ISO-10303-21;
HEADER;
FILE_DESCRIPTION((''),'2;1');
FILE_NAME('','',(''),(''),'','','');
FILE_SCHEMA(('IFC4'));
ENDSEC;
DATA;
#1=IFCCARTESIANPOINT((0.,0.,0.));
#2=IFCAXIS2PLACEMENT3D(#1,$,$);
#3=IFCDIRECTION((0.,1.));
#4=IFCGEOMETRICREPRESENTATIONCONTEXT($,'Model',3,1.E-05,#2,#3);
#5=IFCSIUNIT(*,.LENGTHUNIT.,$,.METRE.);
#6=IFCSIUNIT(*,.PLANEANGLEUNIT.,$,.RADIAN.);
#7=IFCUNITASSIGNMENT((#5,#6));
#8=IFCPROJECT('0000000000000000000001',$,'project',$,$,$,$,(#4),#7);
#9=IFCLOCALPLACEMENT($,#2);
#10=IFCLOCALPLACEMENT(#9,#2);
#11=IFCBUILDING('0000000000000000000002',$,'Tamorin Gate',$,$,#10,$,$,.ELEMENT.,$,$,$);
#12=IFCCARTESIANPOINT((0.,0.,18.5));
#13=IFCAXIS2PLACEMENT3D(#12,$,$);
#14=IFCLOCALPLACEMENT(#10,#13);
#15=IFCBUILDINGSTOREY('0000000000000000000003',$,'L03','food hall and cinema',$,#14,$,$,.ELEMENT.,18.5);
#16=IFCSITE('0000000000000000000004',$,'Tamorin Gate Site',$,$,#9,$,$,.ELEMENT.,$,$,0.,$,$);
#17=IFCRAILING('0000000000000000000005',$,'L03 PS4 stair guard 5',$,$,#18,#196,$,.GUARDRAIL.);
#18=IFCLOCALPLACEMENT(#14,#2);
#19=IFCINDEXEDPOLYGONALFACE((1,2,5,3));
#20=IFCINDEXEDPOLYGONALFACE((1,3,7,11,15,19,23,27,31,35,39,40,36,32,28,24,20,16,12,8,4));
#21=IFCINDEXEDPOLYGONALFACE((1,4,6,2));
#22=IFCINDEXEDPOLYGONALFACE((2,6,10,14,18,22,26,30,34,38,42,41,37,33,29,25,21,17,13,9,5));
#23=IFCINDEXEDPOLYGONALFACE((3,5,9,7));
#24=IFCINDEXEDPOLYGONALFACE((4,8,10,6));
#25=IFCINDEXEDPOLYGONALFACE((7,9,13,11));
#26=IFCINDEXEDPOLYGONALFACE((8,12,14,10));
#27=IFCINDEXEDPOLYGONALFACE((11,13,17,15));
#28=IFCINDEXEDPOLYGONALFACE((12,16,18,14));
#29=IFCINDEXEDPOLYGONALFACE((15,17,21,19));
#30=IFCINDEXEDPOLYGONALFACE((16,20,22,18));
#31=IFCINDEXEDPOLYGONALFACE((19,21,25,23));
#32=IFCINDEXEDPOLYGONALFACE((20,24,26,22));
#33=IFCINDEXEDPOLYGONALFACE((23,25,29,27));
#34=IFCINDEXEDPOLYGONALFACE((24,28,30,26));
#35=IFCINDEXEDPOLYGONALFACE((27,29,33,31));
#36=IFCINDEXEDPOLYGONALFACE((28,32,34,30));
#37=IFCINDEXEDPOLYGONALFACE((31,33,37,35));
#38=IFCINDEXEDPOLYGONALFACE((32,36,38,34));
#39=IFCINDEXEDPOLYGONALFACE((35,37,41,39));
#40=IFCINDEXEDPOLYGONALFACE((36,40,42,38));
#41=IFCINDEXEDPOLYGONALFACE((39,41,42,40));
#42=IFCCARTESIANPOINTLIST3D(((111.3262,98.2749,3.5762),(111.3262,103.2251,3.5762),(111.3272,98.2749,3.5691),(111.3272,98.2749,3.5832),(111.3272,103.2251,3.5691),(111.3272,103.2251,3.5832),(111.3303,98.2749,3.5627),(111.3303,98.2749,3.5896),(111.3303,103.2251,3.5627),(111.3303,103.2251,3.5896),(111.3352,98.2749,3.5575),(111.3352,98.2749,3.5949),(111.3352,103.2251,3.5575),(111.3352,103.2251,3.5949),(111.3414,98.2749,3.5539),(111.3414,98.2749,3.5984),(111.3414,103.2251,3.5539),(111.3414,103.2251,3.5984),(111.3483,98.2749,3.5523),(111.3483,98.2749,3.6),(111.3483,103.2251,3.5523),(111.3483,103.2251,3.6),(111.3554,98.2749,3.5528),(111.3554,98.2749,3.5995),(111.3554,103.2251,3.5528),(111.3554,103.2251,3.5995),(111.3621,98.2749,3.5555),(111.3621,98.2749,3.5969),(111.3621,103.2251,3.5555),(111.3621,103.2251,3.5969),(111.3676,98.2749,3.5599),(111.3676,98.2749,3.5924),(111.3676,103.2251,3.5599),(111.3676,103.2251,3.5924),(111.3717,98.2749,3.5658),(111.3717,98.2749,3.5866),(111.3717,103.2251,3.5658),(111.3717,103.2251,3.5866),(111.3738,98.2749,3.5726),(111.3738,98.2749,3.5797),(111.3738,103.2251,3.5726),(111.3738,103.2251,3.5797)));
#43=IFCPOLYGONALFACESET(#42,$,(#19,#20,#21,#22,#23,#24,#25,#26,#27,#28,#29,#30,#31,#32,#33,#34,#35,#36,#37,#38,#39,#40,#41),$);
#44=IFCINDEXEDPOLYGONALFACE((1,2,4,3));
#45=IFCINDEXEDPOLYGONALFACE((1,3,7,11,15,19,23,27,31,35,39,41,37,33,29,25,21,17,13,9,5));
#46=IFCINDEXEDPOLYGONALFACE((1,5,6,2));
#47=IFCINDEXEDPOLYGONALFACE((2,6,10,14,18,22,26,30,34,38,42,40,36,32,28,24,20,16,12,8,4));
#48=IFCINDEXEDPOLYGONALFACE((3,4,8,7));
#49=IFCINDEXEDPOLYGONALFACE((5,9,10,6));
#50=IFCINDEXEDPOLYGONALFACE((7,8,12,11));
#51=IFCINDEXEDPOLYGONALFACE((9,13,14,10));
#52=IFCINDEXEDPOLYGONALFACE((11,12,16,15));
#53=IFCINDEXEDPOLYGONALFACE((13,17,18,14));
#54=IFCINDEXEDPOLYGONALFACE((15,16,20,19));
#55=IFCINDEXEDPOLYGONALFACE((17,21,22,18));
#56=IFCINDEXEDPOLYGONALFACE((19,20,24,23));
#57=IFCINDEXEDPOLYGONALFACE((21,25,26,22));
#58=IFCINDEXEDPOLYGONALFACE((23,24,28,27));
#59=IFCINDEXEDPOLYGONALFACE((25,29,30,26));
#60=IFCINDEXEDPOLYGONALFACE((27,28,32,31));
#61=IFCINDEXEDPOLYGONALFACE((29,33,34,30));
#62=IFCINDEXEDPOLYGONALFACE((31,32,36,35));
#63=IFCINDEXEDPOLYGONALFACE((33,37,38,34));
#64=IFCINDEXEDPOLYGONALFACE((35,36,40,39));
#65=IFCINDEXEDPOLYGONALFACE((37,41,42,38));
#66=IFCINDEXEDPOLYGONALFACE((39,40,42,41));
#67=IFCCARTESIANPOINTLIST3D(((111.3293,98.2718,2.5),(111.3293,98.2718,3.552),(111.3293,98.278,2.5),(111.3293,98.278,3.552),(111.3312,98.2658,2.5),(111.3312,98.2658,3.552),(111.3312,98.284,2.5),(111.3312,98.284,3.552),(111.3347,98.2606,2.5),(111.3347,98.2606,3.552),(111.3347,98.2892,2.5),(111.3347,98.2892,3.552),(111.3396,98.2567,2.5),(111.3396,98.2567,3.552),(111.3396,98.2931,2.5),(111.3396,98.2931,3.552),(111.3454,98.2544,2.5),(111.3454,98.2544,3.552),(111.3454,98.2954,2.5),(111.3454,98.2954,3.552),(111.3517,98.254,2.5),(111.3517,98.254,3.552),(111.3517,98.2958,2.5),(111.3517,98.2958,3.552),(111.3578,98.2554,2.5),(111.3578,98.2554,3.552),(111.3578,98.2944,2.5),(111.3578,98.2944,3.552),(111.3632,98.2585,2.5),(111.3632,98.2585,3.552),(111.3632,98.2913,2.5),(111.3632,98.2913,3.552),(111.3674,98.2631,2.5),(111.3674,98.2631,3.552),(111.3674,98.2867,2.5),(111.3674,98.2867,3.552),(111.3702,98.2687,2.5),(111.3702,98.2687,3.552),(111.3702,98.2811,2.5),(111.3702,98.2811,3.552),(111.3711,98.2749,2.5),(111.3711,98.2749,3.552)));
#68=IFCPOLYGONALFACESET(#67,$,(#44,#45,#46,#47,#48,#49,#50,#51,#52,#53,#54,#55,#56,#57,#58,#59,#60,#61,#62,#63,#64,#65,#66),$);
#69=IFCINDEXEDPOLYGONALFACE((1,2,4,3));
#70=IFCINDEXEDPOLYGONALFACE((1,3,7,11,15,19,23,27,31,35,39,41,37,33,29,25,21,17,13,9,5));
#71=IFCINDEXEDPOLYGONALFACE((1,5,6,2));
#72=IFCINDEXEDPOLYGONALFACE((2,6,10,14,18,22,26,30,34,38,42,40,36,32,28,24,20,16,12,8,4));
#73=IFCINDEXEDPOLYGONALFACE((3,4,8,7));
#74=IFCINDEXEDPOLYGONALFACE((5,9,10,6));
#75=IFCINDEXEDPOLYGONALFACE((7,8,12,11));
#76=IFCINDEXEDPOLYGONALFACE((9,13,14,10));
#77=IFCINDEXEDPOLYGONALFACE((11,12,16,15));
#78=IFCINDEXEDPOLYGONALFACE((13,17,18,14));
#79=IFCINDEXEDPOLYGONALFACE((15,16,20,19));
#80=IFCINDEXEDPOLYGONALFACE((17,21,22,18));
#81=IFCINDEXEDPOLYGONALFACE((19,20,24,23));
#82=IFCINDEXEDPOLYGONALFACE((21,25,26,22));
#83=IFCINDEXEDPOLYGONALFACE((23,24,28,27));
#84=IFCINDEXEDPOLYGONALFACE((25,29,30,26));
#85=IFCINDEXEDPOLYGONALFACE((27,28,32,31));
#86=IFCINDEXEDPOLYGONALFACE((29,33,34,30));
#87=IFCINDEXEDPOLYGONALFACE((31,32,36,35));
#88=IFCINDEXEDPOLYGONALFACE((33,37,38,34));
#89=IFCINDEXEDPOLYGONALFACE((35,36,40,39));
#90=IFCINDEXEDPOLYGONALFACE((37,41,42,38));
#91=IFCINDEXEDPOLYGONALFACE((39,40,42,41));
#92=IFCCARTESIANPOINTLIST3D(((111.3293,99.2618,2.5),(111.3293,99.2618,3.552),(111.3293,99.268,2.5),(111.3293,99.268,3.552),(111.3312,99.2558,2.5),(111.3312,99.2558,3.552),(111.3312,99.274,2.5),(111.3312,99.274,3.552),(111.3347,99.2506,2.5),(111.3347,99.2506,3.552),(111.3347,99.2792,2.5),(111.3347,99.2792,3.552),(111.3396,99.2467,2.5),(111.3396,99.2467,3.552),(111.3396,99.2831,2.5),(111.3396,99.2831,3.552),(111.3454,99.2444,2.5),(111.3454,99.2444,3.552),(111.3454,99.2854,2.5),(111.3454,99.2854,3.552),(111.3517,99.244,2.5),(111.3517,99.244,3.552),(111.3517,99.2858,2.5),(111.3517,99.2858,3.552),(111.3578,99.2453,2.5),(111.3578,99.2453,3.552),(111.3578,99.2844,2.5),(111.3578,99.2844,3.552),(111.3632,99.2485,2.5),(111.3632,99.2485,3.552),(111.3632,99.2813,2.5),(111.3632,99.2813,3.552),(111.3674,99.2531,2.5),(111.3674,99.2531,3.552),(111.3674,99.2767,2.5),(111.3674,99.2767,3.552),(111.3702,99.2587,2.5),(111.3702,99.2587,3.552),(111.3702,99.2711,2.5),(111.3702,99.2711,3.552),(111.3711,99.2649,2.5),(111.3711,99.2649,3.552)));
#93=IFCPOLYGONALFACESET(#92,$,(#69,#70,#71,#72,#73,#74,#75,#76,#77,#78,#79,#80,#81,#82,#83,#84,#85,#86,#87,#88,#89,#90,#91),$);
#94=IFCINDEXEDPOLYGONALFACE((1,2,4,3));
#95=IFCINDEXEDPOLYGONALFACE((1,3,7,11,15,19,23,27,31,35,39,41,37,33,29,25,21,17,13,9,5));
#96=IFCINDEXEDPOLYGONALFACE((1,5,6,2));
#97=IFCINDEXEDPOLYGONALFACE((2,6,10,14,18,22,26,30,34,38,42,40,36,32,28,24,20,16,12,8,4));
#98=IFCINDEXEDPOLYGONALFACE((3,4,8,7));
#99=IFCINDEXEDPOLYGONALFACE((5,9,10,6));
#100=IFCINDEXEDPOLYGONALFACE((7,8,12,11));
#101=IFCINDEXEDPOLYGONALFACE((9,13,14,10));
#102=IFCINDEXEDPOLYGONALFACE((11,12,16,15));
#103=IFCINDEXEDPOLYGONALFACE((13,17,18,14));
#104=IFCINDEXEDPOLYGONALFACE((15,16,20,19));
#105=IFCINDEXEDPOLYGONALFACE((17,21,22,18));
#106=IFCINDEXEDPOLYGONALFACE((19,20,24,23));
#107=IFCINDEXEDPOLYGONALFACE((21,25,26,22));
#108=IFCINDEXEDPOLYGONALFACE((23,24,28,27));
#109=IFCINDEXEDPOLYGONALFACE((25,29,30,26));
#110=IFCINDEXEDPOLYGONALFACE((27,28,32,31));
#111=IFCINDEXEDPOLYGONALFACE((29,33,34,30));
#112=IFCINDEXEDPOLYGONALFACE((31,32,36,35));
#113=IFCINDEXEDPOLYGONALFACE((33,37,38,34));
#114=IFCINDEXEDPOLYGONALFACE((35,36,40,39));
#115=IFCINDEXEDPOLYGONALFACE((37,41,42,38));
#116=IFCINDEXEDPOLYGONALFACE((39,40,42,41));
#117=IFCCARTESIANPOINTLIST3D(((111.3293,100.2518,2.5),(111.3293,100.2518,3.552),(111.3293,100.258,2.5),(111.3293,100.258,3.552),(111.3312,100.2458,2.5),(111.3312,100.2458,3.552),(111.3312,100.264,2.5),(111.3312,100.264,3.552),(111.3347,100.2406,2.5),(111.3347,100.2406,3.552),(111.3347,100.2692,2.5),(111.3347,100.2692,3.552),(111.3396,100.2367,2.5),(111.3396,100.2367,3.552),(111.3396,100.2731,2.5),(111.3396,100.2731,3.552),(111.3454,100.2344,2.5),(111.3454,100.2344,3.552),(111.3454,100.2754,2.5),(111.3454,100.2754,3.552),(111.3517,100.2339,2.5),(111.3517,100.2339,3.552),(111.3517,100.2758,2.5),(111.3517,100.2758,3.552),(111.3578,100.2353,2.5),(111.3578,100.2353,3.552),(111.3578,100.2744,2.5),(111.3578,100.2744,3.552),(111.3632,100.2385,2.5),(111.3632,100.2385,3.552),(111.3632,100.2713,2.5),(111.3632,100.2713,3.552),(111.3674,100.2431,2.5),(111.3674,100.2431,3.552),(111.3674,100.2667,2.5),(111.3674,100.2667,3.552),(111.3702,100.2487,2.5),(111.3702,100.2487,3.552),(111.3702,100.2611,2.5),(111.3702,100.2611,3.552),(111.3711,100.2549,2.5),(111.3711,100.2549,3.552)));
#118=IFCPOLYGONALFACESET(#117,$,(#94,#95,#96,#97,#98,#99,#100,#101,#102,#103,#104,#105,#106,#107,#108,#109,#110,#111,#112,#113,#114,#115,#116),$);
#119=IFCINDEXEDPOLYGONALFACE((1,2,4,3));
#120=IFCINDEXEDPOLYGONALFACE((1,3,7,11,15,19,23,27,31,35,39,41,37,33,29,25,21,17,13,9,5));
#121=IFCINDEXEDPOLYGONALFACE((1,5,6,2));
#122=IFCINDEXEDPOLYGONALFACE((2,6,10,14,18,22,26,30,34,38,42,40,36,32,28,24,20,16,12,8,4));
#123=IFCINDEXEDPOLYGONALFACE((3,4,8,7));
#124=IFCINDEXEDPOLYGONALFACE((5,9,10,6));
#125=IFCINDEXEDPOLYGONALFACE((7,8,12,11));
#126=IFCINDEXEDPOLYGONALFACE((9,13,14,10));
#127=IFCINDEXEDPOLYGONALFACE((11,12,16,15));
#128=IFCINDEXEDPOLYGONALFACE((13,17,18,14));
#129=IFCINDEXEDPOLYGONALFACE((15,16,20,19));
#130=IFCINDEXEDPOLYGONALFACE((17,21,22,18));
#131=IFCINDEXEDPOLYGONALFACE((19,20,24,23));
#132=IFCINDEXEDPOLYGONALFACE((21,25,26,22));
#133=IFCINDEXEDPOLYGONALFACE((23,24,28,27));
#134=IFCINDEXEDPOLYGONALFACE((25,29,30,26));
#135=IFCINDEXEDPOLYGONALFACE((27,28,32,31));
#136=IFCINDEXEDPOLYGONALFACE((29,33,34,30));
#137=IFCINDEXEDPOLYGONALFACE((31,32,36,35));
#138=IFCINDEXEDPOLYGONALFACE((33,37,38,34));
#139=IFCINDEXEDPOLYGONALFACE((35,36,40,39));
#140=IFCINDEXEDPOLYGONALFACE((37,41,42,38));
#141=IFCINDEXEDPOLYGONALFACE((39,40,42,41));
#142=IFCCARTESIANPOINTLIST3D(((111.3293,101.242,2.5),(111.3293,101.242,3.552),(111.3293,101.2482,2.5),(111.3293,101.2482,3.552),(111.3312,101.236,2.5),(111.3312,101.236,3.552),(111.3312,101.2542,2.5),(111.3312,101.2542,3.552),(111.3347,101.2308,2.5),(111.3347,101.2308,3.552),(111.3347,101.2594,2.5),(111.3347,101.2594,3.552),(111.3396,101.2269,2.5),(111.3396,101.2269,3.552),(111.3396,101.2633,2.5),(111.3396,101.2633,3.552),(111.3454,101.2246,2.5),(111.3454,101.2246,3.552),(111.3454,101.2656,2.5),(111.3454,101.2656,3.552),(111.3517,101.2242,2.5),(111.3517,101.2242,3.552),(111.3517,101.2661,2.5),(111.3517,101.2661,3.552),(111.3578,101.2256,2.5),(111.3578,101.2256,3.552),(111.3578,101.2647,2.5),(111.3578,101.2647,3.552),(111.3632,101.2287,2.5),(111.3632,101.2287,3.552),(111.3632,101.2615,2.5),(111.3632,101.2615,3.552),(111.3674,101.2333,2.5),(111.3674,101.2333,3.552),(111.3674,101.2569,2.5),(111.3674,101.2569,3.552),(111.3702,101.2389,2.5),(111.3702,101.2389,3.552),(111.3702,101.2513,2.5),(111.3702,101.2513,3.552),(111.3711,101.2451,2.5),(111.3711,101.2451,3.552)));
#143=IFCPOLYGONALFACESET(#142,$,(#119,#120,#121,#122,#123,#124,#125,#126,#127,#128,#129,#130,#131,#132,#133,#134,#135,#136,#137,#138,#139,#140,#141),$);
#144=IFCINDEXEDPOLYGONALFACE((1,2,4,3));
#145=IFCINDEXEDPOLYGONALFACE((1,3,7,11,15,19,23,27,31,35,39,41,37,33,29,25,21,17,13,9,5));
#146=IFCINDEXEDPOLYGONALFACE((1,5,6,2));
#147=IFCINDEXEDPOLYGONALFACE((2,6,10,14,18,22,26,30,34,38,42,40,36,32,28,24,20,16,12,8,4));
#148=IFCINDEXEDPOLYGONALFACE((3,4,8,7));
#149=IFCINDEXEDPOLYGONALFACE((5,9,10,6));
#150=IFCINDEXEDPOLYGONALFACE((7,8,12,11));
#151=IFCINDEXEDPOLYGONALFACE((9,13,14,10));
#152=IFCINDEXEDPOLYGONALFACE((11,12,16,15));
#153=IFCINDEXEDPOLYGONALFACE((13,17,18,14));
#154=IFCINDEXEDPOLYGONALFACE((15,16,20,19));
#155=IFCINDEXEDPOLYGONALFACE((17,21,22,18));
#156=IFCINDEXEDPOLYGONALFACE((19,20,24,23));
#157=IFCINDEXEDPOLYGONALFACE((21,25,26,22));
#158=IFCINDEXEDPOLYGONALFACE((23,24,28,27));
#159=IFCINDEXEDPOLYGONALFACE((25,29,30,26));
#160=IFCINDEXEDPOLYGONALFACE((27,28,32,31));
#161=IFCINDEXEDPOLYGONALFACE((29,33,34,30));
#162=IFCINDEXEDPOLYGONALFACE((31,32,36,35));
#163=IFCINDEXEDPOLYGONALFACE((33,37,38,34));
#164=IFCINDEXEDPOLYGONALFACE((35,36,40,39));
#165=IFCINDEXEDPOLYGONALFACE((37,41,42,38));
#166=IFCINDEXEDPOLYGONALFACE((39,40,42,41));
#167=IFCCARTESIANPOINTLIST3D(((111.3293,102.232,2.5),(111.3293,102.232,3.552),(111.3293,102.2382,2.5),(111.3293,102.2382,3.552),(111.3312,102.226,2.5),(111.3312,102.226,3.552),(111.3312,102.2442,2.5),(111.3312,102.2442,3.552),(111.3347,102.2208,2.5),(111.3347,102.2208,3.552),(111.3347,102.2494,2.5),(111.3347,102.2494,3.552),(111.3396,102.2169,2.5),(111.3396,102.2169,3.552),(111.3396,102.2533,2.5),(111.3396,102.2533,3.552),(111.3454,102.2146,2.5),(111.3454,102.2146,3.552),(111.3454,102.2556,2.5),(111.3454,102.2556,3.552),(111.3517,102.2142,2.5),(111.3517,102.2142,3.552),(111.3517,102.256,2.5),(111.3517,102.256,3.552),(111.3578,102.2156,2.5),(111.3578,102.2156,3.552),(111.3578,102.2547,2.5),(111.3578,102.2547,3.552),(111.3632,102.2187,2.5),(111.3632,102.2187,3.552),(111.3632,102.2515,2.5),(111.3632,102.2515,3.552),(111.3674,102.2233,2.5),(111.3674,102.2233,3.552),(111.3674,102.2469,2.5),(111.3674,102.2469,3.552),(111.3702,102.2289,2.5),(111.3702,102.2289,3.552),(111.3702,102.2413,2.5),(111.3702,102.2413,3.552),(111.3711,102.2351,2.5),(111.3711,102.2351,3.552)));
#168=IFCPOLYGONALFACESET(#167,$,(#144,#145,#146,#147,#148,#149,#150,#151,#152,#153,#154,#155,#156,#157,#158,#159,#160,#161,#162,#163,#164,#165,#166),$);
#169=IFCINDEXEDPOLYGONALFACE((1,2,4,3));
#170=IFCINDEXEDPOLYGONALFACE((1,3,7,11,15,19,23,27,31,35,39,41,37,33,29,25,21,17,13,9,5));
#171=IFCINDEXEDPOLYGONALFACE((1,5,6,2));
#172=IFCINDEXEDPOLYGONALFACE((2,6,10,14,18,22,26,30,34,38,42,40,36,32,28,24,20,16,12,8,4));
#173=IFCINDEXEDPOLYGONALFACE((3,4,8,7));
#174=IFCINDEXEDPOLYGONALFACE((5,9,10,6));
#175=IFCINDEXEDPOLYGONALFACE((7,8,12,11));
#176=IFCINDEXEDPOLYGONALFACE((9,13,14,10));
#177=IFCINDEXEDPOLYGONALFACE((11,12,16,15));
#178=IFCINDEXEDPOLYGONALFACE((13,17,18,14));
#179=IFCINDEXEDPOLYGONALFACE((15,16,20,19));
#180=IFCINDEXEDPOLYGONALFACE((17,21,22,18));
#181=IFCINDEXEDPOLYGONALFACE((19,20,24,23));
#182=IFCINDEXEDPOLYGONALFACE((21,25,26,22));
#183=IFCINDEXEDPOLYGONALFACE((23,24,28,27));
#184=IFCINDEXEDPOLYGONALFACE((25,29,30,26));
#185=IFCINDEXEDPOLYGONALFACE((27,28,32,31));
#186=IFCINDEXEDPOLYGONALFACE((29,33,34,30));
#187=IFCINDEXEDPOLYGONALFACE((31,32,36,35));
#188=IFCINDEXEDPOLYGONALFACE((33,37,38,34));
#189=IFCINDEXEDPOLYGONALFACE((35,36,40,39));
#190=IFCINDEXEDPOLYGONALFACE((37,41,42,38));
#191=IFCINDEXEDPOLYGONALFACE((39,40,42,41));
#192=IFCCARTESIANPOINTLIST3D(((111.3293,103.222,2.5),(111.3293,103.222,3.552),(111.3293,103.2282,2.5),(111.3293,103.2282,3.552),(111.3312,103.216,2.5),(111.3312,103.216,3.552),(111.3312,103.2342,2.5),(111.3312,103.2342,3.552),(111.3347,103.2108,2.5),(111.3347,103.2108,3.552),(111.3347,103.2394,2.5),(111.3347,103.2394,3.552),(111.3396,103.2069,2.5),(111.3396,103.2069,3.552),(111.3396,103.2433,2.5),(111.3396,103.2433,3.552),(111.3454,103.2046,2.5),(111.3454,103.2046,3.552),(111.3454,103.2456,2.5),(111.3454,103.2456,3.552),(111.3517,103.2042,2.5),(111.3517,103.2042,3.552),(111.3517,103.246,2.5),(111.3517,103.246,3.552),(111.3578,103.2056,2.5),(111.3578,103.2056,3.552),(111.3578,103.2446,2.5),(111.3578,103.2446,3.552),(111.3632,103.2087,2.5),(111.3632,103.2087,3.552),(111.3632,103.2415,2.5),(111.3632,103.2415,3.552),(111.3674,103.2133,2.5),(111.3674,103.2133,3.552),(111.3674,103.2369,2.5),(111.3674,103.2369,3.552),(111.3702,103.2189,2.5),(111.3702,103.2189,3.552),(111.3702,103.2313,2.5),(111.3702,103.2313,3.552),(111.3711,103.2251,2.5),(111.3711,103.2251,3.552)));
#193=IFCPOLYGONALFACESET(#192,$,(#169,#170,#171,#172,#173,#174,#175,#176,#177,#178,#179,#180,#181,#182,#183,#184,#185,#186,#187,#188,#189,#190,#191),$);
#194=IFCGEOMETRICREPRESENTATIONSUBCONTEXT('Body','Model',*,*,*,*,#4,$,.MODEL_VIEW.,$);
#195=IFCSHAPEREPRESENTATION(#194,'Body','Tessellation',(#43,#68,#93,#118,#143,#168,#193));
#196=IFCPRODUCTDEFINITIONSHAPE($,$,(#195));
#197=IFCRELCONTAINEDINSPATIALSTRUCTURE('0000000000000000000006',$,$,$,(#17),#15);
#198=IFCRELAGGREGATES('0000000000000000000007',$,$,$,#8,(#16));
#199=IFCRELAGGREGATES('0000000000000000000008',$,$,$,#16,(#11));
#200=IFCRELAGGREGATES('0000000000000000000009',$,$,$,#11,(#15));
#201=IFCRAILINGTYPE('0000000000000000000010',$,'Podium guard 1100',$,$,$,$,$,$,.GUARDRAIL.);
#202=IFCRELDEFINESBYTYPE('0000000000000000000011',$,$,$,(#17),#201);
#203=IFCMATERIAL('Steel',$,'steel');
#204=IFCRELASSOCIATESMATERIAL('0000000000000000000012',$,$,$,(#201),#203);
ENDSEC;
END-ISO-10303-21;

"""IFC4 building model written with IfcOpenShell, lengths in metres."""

from ifc_helpers import new_model, si_unit, direction, frame, origin, origin_2d, place, context, subcontext, project, spatial, circle, extrude, material, type_object, element, save


model = new_model("IFC4")

# Units and contexts
model_context = context("Model", 3, precision=1e-05, world=origin(), true_north=direction((0.0, 1.0)))
body_context = subcontext(model_context, "Body", "Model", "MODEL_VIEW")
ifc_project = project(units=[si_unit("LENGTHUNIT", "METRE"), si_unit("PLANEANGLEUNIT", "RADIAN")], contexts=[model_context])

# Site, building, storey
site_placement = place(None, origin())
site = spatial("IfcSite", under=ifc_project, at=site_placement, Name="Tamorin Gate Site", CompositionType="ELEMENT", RefElevation=0.0)
building_placement = place(site_placement, origin())
building = spatial("IfcBuilding", under=site, at=building_placement, Name="Tamorin Gate", CompositionType="ELEMENT")
storey_placement = place(building_placement, frame((0.0, 0.0, 18.5)))
storey = spatial("IfcBuildingStorey", under=building, at=storey_placement, Name="L03", Description="food hall and cinema", CompositionType="ELEMENT", Elevation=18.5)

# Railing
ifc_material_1 = material(Name="Steel", Category="steel")
railing_type_1 = type_object("IfcRailingType", Name="Podium guard 1100", PredefinedType="GUARDRAIL", material=ifc_material_1)
railing_1_placement = place(storey_placement, frame((111.3501, 98.2749, 2.5)))
element("IfcRailing", 1, at=railing_1_placement, inside=storey, type_object=railing_type_1, Name="L03 PS4 stair guard 5", PredefinedType="GUARDRAIL", context=body_context, shape_type="SweptSolid", body=[
    extrude(circle(Radius=0.0239, at=origin_2d()), frame((0.0, 0.0, 1.0762), z_axis=(0.0, 1.0, 0.0), x_axis=(-1.0, 0.0, 0.0)), (0.0, 0.0, 1.0), 4.9502),
    extrude(circle(Radius=0.021, at=origin_2d()), origin(), (0.0, 0.0, 1.0), 1.052),
    extrude(circle(Radius=0.021, at=origin_2d()), frame((0.0, 0.99, 0.0)), (0.0, 0.0, 1.0), 1.052),
    extrude(circle(Radius=0.021, at=origin_2d()), frame((0.0, 1.98, 0.0)), (0.0, 0.0, 1.0), 1.052),
    extrude(circle(Radius=0.021, at=origin_2d()), frame((0.0, 2.9702, 0.0)), (0.0, 0.0, 1.0), 1.052),
    extrude(circle(Radius=0.021, at=origin_2d()), frame((0.0, 3.9602, 0.0)), (0.0, 0.0, 1.0), 1.052),
    extrude(circle(Radius=0.021, at=origin_2d()), frame((0.0, 4.9502, 0.0)), (0.0, 0.0, 1.0), 1.052),
])

save(model, "model.ifc")
